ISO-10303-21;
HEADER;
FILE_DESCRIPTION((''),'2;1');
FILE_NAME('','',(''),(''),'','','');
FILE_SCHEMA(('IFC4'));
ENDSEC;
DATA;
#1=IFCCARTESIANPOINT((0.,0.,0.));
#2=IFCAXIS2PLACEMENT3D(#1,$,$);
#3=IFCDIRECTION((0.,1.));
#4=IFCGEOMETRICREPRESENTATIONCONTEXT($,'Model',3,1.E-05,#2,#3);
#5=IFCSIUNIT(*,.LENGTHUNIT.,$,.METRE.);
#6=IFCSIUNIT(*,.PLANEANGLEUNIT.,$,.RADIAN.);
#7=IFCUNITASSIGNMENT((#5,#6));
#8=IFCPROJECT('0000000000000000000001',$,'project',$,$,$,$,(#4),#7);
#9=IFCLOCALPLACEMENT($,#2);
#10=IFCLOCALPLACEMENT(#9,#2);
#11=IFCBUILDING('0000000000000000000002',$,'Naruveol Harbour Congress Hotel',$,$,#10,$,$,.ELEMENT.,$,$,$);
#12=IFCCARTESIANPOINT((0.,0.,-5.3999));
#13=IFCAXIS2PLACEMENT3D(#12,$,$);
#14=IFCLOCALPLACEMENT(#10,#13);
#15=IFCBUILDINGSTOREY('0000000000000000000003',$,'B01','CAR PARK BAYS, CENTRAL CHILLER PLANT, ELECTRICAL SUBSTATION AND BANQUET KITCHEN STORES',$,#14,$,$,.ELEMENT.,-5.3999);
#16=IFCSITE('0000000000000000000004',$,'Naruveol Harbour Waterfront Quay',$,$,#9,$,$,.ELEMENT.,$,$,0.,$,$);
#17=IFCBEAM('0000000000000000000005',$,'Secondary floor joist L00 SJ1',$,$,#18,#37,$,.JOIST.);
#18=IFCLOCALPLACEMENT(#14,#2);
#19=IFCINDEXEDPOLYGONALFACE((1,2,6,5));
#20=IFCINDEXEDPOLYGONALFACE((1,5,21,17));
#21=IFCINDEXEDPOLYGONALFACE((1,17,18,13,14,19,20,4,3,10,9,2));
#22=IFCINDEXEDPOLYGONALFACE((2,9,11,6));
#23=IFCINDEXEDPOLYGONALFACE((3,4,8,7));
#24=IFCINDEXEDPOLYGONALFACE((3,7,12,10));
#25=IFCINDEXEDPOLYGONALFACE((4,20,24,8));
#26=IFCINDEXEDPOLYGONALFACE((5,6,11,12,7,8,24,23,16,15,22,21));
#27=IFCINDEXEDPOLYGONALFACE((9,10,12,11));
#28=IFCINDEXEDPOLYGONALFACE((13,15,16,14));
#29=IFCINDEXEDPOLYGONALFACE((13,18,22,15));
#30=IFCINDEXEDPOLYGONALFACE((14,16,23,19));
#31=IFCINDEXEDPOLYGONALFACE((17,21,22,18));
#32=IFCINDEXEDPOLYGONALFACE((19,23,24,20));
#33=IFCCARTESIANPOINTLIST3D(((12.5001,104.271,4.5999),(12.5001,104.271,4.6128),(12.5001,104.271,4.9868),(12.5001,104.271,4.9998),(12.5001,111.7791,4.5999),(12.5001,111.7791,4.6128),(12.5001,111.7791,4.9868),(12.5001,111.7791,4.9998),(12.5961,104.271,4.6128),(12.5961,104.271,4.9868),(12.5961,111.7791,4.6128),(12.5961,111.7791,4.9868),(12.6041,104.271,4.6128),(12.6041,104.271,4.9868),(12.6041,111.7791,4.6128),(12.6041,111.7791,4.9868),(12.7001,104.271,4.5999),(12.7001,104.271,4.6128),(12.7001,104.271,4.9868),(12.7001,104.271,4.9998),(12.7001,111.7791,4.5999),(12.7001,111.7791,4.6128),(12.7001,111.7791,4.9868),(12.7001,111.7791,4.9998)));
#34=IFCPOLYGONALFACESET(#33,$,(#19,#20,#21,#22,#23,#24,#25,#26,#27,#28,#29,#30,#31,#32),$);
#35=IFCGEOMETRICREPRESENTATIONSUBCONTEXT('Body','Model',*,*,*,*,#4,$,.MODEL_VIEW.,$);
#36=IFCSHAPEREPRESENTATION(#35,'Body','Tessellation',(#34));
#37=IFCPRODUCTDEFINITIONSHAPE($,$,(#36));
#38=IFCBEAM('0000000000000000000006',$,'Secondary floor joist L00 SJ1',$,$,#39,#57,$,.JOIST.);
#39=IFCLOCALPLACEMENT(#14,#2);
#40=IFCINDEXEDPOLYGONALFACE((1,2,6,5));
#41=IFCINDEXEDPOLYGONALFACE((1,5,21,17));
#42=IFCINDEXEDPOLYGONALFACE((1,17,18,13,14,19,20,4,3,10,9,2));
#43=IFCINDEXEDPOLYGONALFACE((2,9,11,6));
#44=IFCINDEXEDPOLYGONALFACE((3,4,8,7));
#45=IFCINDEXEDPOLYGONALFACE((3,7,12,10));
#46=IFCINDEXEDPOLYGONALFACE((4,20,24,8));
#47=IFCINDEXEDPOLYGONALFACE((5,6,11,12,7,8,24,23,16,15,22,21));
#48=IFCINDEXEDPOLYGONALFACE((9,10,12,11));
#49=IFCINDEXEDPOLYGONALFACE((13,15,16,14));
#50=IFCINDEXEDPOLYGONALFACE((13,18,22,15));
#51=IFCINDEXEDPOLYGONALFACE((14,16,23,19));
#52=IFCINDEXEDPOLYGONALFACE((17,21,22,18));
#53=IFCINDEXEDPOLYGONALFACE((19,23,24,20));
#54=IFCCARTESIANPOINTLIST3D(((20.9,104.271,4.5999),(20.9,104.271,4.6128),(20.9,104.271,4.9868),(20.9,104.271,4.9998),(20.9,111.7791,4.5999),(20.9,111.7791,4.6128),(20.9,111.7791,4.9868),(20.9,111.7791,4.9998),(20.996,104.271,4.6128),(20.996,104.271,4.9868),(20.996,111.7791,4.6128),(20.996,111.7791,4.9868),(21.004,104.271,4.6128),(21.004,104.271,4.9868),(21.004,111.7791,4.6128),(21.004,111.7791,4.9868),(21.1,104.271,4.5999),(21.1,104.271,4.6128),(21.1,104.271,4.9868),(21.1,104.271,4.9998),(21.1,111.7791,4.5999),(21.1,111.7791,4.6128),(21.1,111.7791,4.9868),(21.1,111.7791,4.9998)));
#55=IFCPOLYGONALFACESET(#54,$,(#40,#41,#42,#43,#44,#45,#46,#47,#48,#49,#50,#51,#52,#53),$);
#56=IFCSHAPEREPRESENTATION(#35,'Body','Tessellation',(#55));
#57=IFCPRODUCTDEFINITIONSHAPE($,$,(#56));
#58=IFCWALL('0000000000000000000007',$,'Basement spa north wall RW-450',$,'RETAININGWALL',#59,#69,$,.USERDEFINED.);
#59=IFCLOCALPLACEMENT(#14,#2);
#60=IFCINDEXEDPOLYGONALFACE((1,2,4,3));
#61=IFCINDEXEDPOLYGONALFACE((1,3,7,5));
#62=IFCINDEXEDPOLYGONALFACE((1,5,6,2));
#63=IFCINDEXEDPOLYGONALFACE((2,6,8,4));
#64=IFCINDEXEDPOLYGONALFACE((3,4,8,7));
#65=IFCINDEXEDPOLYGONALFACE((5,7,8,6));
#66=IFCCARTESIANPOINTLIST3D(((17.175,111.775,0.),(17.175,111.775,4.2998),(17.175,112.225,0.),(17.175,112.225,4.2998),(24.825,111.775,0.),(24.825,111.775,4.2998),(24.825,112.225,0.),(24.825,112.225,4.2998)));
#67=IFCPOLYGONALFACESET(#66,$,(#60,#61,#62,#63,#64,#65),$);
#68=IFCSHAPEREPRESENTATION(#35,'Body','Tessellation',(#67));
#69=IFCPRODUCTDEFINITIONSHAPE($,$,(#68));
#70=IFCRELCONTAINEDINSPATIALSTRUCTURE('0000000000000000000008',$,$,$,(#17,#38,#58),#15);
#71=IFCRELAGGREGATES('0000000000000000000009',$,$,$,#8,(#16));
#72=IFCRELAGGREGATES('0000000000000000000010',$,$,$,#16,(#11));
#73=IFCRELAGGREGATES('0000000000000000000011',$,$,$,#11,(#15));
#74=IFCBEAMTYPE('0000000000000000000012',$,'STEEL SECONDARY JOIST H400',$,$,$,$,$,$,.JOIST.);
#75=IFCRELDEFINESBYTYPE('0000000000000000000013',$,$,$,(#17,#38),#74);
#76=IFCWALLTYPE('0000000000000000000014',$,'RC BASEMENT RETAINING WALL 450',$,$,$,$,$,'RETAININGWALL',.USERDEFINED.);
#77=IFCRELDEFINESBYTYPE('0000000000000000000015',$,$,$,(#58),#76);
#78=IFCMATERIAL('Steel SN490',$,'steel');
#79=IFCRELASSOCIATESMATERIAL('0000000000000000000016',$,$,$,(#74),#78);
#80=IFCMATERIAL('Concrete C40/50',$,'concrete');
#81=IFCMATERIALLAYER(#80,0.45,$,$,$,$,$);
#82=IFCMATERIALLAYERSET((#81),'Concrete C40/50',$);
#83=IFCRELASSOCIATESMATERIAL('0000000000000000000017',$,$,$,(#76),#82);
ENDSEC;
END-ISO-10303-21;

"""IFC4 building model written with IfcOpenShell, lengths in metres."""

from ifc_helpers import new_model, si_unit, direction, frame, frame_2d, origin, origin_2d, place, context, subcontext, project, spatial, rectangle, i_section, extrude, material, layer, layer_set, material_profile, profile_set, type_object, element, save


model = new_model("IFC4")

# Units and contexts
model_context = context("Model", 3, precision=1e-05, world=origin(), true_north=direction((0.0, 1.0)))
body_context = subcontext(model_context, "Body", "Model", "MODEL_VIEW")
ifc_project = project(units=[si_unit("LENGTHUNIT", "METRE"), si_unit("PLANEANGLEUNIT", "RADIAN")], contexts=[model_context])

# Site, building, storey
site_placement = place(None, origin())
site = spatial("IfcSite", under=ifc_project, at=site_placement, Name="Naruveol Harbour Waterfront Quay", CompositionType="ELEMENT", RefElevation=0.0)
building_placement = place(site_placement, origin())
building = spatial("IfcBuilding", under=site, at=building_placement, Name="Naruveol Harbour Congress Hotel", CompositionType="ELEMENT")
storey_placement = place(building_placement, frame((0.0, 0.0, -5.3999)))
storey = spatial("IfcBuildingStorey", under=building, at=storey_placement, Name="B01", Description="CAR PARK BAYS, CENTRAL CHILLER PLANT, ELECTRICAL SUBSTATION AND BANQUET KITCHEN STORES", CompositionType="ELEMENT", Elevation=-5.3999)

# Beams
ifc_material_1 = material(Name="Steel SN490", Category="steel")
ifc_material_profile_1 = material_profile(ifc_material_1, i_section(OverallWidth=0.2, OverallDepth=0.3999, WebThickness=0.0081, FlangeThickness=0.0129, at=origin_2d()), Name="H-400x200x8x13")
ifc_profile_set_1 = profile_set([ifc_material_profile_1], Name="Steel SN490")
beam_type_1 = type_object("IfcBeamType", Name="STEEL SECONDARY JOIST H400", PredefinedType="JOIST", material=ifc_profile_set_1)
for number, where, z_axis, x_axis, name in (
    (1, (12.6001, 104.271, 4.7998), (0.0, 1.0, 0.0), (-1.0, 0.0, 0.0), "Secondary floor joist L00 SJ1"),
    (2, (21.0, 104.271, 4.7998), (0.0, 1.0, 0.0), (-1.0, 0.0, 0.0), "Secondary floor joist L00 SJ1"),
):
    element("IfcBeam", number, at=place(storey_placement, frame(where, z_axis=z_axis, x_axis=x_axis)), inside=storey, type_object=beam_type_1, Name=name, PredefinedType="JOIST", context=body_context, shape_type="SweptSolid", body=[
        extrude(i_section(OverallWidth=0.2, OverallDepth=0.3999, WebThickness=0.0081, FlangeThickness=0.0129, at=origin_2d()), origin(), (0.0, 0.0, 1.0), 7.5081),
    ])

# Wall
ifc_material_2 = material(Name="Concrete C40/50", Category="concrete")
ifc_layer = layer(ifc_material_2, 0.45)
ifc_layer_set = layer_set([ifc_layer], Name="Concrete C40/50")
wall_type = type_object("IfcWallType", Name="RC BASEMENT RETAINING WALL 450", ElementType="RETAININGWALL", PredefinedType="USERDEFINED", material=ifc_layer_set)
wall_placement = place(storey_placement, frame((17.175, 112.0, 0.0), z_axis=(0.0, 0.0, 1.0), x_axis=(1.0, 0.0, 0.0)))
element("IfcWall", 3, at=wall_placement, inside=storey, type_object=wall_type, Name="Basement spa north wall RW-450", ObjectType="RETAININGWALL", PredefinedType="USERDEFINED", context=body_context, shape_type="SweptSolid", body=[
    extrude(rectangle(XDim=7.6499, YDim=0.45, at=frame_2d((3.825, 0.0))), origin(), (0.0, 0.0, 1.0), 4.2998),
])

save(model, "model.ifc")
